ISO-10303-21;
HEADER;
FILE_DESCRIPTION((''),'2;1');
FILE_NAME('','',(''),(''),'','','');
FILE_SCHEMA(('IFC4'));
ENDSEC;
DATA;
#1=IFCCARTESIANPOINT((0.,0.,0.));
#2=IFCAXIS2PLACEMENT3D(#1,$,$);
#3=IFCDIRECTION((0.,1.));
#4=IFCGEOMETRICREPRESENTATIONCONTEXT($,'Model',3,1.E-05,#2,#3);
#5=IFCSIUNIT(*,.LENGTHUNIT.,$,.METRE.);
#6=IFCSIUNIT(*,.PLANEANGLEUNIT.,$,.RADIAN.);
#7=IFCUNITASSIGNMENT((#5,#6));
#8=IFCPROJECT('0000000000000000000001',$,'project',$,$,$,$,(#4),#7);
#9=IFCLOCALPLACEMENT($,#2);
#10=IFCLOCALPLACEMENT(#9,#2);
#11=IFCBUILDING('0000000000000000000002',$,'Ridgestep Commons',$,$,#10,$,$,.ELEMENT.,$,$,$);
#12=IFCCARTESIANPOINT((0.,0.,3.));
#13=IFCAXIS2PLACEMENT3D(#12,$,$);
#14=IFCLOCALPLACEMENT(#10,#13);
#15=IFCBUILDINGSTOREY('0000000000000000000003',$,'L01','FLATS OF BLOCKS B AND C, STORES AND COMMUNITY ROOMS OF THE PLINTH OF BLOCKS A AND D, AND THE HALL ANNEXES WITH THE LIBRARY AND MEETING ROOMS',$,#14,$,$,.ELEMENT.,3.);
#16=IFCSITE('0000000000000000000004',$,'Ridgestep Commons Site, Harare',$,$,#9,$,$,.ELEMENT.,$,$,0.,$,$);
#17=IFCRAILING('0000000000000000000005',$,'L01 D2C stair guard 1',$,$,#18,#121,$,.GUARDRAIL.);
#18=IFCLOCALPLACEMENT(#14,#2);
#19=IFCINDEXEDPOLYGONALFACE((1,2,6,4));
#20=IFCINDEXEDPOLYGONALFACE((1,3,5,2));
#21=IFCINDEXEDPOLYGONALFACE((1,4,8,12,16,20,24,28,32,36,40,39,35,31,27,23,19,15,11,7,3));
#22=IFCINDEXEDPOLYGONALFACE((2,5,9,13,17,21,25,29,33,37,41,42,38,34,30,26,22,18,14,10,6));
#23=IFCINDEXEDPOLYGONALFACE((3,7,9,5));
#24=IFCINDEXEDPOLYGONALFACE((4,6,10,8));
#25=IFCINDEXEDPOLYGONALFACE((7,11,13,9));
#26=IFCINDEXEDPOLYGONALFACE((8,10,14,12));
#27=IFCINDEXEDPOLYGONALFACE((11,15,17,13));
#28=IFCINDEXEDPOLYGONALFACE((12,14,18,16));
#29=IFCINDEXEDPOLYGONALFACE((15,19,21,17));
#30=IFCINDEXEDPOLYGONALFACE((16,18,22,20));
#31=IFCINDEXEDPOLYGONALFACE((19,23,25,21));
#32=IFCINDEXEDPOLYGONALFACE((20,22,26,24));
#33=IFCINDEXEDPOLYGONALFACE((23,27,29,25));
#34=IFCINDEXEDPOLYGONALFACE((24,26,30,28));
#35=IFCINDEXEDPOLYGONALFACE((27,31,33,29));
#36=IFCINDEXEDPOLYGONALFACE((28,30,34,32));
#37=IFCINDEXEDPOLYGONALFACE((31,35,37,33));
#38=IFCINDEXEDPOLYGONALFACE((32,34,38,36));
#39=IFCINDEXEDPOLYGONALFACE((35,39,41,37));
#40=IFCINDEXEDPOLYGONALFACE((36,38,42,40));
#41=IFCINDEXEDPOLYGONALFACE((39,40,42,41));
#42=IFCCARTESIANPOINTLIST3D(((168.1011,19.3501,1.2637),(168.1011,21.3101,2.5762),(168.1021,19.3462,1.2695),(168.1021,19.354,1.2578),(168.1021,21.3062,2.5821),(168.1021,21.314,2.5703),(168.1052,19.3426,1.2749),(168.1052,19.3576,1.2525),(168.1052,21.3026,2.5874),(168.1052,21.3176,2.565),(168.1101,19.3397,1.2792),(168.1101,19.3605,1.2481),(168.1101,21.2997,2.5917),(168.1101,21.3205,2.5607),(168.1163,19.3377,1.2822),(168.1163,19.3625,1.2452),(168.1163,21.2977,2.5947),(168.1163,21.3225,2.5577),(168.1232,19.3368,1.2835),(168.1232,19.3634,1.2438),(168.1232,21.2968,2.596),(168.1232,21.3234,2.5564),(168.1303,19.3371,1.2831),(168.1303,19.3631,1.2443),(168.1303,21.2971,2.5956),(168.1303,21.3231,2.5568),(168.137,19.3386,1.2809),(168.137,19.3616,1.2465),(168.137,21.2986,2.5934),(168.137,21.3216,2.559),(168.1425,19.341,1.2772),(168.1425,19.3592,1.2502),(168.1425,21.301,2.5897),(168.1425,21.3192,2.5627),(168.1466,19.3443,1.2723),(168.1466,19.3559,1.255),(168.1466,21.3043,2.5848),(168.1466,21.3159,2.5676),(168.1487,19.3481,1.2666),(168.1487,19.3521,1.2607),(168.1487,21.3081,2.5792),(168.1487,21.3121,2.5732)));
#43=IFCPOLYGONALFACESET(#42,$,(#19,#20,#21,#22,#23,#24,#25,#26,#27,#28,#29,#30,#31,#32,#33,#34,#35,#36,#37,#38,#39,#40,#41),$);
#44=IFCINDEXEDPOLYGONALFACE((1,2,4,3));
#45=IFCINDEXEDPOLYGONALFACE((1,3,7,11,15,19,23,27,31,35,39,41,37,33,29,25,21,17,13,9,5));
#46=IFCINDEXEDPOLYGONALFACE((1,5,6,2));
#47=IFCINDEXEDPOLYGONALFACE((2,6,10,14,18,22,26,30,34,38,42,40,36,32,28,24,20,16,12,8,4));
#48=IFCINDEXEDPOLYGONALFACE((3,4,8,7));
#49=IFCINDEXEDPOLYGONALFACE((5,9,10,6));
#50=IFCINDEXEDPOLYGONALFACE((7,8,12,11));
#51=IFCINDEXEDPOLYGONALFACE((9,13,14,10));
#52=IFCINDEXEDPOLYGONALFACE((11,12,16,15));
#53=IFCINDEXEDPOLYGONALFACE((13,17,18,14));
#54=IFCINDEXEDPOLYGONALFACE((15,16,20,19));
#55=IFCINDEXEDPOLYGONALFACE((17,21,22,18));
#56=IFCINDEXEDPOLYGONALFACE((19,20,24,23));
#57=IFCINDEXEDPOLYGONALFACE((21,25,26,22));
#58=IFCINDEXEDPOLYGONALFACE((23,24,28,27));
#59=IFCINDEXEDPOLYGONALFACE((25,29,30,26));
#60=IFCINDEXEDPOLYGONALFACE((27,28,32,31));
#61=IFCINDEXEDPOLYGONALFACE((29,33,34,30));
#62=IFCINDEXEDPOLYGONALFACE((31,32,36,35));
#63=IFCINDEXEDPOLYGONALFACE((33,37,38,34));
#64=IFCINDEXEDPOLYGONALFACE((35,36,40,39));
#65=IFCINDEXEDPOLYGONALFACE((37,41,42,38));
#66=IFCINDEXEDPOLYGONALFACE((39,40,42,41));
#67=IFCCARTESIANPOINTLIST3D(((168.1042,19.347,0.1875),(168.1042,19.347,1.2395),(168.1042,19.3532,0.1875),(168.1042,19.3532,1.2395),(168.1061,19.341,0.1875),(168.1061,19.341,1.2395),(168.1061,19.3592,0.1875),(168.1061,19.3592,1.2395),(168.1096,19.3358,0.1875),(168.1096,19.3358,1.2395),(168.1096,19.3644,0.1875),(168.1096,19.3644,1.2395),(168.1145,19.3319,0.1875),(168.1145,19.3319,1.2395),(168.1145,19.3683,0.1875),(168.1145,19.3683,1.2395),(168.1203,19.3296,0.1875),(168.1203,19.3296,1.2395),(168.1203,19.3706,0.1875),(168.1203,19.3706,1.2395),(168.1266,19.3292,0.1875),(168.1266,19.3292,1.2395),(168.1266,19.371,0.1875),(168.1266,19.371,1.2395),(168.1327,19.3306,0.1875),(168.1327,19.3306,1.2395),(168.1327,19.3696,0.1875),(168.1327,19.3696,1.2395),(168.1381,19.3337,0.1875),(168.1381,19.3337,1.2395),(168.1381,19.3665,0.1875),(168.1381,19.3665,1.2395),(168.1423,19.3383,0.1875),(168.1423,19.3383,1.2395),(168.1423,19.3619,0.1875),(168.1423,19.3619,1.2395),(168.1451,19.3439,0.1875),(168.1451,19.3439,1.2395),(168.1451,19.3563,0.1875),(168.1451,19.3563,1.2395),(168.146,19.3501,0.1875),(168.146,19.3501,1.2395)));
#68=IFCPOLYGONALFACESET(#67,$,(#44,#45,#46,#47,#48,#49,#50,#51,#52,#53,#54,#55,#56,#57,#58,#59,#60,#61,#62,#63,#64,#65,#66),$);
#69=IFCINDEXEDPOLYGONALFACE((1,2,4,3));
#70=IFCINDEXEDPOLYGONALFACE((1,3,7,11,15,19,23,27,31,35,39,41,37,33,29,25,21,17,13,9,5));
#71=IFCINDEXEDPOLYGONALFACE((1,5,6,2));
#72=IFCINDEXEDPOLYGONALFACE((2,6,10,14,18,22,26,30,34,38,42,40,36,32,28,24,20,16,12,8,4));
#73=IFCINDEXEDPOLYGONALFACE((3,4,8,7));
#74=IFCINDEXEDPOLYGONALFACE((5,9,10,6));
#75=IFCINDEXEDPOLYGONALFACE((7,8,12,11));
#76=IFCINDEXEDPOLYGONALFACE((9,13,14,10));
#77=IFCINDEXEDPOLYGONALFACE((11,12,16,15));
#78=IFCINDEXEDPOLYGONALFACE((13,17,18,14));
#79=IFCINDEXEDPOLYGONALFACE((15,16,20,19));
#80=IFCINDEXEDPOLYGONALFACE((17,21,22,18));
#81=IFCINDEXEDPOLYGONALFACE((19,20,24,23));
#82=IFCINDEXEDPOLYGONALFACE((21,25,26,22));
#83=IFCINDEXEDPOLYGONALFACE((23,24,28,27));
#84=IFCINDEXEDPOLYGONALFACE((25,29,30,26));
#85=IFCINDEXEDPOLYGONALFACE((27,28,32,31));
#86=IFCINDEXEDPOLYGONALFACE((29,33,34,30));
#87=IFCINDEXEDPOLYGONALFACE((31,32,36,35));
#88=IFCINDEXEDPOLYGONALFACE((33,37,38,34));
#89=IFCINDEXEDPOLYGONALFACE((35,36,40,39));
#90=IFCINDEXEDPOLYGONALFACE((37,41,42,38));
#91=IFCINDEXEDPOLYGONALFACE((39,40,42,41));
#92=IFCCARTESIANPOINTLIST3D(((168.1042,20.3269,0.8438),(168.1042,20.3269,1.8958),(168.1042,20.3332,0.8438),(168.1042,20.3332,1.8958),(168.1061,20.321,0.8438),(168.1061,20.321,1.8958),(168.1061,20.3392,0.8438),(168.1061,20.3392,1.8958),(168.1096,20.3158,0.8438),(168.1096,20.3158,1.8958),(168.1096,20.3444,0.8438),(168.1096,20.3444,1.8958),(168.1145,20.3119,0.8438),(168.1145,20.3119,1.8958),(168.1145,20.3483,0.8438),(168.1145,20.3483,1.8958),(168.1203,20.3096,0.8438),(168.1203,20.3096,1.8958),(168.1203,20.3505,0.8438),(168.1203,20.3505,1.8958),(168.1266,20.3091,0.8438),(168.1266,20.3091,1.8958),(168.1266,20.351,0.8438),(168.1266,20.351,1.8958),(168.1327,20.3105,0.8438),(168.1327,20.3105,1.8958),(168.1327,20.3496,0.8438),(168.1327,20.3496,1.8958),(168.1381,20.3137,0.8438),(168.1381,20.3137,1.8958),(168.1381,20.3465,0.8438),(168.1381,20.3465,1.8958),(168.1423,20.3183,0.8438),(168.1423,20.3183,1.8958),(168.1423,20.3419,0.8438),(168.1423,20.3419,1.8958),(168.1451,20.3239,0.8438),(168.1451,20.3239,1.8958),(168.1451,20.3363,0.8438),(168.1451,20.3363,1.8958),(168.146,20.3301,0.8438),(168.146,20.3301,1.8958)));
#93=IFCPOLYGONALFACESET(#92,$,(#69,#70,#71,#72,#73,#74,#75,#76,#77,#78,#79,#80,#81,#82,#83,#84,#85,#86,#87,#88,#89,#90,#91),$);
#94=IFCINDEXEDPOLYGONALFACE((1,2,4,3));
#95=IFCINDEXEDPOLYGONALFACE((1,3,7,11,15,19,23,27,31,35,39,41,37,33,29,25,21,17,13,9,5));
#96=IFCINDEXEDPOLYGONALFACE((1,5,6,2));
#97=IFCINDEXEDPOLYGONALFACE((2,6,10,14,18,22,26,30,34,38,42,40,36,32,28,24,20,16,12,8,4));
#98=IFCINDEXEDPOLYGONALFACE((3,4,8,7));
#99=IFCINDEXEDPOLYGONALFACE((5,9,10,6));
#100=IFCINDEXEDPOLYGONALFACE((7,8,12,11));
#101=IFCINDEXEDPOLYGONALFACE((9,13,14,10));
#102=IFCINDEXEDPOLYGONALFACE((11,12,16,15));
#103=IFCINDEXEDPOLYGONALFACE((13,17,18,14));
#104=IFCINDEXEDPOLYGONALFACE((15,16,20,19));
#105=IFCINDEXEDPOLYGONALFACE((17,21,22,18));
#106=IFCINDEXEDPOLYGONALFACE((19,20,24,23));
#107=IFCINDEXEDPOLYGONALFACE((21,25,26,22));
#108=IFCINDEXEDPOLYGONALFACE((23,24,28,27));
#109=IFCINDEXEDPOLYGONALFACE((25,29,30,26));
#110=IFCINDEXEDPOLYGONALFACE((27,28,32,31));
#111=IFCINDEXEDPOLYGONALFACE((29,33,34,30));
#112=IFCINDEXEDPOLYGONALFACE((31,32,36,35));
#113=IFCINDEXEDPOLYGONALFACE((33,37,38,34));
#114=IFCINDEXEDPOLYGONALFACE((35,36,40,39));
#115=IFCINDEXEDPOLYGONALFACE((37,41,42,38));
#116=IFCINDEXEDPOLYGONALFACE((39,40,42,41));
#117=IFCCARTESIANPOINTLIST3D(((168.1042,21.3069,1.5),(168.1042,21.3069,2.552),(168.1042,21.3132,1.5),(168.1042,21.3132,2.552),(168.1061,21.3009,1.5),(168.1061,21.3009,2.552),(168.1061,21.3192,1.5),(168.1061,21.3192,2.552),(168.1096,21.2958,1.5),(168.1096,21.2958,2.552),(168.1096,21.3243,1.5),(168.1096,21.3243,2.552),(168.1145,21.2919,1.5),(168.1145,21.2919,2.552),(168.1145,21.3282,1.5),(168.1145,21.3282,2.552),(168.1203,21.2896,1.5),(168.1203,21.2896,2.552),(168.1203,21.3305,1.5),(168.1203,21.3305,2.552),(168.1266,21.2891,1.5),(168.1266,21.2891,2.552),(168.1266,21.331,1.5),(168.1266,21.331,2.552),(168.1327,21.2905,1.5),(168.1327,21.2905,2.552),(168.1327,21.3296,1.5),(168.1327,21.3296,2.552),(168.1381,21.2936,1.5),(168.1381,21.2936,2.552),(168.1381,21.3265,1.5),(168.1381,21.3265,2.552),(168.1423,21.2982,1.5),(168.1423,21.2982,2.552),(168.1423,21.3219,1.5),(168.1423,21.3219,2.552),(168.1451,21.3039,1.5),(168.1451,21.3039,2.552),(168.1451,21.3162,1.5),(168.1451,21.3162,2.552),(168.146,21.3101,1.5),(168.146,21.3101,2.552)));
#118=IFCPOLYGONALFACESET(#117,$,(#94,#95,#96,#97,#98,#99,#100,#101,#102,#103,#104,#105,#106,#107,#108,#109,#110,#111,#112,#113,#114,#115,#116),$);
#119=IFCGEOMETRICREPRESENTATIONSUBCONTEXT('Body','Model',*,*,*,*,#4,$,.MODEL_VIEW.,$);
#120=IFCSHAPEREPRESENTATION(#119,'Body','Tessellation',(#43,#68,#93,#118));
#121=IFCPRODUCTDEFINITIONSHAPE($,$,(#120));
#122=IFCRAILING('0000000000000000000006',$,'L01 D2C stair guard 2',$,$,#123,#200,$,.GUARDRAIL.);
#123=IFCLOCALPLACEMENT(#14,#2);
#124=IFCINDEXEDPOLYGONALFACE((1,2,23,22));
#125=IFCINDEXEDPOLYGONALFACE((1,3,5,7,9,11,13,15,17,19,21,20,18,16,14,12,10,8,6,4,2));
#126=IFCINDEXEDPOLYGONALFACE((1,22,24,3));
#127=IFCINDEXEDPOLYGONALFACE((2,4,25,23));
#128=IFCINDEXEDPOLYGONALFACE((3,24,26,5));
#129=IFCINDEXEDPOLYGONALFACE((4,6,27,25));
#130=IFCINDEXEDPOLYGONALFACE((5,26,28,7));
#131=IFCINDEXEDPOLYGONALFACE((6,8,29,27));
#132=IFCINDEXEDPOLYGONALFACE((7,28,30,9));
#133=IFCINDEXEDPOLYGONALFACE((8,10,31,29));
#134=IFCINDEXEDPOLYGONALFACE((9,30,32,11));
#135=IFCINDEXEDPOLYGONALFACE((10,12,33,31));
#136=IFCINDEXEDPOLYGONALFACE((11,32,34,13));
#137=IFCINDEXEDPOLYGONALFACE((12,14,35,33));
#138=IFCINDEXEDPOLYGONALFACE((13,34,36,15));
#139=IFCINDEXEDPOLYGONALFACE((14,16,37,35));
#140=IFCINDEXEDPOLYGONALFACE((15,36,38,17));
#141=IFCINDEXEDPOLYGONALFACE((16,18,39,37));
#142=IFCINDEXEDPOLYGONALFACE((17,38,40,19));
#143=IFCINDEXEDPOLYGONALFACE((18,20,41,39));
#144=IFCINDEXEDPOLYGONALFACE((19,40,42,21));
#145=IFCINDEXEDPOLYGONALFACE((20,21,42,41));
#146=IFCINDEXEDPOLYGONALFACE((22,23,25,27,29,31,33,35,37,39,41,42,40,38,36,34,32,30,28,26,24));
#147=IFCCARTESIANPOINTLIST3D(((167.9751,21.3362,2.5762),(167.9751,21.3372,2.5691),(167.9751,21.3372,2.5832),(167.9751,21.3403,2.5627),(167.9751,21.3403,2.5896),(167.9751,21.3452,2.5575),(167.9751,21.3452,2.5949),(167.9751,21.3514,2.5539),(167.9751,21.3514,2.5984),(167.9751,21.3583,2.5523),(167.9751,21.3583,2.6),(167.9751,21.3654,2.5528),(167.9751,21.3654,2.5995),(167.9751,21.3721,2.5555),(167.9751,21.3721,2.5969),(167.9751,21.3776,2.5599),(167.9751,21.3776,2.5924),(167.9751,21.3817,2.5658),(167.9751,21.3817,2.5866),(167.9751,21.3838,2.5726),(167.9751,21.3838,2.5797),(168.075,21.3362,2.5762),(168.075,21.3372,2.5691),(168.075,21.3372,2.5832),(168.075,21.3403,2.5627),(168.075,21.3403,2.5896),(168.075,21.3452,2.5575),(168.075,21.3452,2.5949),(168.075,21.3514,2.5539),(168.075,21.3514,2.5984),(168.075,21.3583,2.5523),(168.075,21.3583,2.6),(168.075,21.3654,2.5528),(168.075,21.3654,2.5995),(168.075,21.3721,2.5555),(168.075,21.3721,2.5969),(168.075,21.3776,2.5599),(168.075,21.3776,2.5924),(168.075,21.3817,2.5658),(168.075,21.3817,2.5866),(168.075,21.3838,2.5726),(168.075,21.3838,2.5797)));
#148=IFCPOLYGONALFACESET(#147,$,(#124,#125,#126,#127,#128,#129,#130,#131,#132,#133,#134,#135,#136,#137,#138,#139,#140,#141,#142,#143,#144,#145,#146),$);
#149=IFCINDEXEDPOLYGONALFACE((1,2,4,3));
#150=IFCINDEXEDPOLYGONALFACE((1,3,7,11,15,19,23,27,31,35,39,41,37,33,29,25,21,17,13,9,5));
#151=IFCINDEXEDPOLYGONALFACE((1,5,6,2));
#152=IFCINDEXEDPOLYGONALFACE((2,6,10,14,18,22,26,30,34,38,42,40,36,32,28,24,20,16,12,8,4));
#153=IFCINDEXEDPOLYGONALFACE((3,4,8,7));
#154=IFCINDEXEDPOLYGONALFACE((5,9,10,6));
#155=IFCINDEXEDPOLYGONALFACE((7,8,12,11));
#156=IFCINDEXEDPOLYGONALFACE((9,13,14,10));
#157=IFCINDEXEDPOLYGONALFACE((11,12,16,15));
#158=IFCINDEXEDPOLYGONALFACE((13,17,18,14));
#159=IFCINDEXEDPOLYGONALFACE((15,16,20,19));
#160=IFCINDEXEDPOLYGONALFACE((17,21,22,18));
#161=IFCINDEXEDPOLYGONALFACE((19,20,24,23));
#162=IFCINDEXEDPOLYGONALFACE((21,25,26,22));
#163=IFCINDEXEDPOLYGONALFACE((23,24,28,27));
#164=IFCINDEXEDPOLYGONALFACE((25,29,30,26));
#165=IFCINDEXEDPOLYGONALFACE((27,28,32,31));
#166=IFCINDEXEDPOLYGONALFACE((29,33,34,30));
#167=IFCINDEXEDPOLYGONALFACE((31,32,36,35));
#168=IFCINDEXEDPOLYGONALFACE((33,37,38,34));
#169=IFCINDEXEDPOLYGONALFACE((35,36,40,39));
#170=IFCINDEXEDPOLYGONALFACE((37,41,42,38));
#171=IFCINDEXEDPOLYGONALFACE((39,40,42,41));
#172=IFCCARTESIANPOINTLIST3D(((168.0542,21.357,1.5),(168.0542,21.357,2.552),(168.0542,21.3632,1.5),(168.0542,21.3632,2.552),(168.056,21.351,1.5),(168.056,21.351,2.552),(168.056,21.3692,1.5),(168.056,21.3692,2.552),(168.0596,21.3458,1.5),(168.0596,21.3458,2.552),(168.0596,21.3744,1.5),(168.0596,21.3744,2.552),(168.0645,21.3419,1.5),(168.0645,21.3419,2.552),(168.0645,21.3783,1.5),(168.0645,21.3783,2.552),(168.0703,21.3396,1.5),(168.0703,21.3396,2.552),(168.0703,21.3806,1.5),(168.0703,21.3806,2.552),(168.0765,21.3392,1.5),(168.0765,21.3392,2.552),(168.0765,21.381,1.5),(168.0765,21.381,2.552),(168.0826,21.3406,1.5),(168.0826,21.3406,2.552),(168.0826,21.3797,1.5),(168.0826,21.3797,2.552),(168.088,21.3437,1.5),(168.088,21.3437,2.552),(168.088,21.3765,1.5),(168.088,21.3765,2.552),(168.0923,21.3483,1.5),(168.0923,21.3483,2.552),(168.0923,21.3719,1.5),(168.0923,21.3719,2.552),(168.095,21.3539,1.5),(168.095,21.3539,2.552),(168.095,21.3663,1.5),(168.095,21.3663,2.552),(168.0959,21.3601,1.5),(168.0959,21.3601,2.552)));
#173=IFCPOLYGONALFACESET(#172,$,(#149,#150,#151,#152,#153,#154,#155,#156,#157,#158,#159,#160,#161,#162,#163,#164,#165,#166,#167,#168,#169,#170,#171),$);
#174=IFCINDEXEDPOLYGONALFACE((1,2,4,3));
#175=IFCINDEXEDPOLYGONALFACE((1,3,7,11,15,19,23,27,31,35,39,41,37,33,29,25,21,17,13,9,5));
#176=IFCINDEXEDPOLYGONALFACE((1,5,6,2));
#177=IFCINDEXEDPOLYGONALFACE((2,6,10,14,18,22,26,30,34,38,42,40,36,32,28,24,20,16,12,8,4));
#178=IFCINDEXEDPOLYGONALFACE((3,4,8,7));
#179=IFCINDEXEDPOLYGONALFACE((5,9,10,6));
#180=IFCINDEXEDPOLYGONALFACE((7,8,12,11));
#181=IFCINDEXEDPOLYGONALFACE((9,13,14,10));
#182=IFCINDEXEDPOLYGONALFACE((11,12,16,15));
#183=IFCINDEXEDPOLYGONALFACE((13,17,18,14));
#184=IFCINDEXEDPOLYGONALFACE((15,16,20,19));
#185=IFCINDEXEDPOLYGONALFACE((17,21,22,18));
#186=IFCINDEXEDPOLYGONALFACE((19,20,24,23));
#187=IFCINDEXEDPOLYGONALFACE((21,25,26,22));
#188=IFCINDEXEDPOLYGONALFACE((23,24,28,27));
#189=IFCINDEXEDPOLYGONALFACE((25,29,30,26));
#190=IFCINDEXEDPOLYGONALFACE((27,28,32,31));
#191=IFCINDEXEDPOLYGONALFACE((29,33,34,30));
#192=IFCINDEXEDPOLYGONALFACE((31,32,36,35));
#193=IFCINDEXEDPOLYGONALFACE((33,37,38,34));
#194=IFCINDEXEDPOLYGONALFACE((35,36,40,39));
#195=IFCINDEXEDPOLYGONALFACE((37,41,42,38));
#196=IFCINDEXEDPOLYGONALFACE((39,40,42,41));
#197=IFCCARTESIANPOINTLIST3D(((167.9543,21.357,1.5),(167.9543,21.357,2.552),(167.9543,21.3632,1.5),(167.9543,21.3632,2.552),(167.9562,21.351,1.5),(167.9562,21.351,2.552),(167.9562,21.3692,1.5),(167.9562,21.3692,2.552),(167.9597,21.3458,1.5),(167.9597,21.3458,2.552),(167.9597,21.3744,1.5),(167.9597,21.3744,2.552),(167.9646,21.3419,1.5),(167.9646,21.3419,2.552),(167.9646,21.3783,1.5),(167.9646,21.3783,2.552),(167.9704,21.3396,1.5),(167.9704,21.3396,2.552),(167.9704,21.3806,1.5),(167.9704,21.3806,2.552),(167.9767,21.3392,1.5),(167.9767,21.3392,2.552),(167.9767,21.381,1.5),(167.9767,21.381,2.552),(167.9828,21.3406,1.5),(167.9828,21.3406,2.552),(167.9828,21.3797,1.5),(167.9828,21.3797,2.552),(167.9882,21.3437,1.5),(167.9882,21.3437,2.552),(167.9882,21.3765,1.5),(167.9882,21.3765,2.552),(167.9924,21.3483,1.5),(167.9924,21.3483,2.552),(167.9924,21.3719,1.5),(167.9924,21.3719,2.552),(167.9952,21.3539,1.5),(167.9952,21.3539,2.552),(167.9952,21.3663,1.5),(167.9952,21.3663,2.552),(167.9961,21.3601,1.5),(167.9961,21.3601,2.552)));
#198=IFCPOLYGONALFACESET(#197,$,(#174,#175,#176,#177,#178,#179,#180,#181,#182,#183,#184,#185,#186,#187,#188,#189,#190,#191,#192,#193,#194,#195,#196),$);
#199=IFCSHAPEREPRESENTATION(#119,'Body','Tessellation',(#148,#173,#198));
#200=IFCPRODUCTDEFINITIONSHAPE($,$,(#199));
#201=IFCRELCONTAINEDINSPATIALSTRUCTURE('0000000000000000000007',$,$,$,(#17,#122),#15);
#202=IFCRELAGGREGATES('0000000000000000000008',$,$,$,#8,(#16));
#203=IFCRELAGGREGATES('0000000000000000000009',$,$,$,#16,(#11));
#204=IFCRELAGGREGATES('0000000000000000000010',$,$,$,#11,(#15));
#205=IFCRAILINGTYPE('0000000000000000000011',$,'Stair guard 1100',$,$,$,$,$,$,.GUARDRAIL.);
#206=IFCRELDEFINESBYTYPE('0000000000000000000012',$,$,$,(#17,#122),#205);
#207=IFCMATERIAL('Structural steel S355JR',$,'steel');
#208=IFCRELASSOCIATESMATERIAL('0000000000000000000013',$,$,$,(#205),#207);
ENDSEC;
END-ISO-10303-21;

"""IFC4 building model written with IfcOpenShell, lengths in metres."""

from ifc_helpers import new_model, si_unit, direction, frame, origin, origin_2d, place, context, subcontext, project, spatial, circle, extrude, material, type_object, element, save


model = new_model("IFC4")

# Units and contexts
model_context = context("Model", 3, precision=1e-05, world=origin(), true_north=direction((0.0, 1.0)))
body_context = subcontext(model_context, "Body", "Model", "MODEL_VIEW")
ifc_project = project(units=[si_unit("LENGTHUNIT", "METRE"), si_unit("PLANEANGLEUNIT", "RADIAN")], contexts=[model_context])

# Site, building, storey
site_placement = place(None, origin())
site = spatial("IfcSite", under=ifc_project, at=site_placement, Name="Ridgestep Commons Site, Harare", CompositionType="ELEMENT", RefElevation=0.0)
building_placement = place(site_placement, origin())
building = spatial("IfcBuilding", under=site, at=building_placement, Name="Ridgestep Commons", CompositionType="ELEMENT")
storey_placement = place(building_placement, frame((0.0, 0.0, 3.0)))
storey = spatial("IfcBuildingStorey", under=building, at=storey_placement, Name="L01", Description="FLATS OF BLOCKS B AND C, STORES AND COMMUNITY ROOMS OF THE PLINTH OF BLOCKS A AND D, AND THE HALL ANNEXES WITH THE LIBRARY AND MEETING ROOMS", CompositionType="ELEMENT", Elevation=3.0)

# Railings
ifc_material_1 = material(Name="Structural steel S355JR", Category="steel")
railing_type_1 = type_object("IfcRailingType", Name="Stair guard 1100", PredefinedType="GUARDRAIL", material=ifc_material_1)
railing_1_placement = place(storey_placement, frame((168.125, 19.3501, 0.1875)))
element("IfcRailing", 1, at=railing_1_placement, inside=storey, type_object=railing_type_1, Name="L01 D2C stair guard 1", PredefinedType="GUARDRAIL", context=body_context, shape_type="SweptSolid", body=[
    extrude(circle(Radius=0.0239, at=origin_2d()), frame((0.0, 0.0, 1.0762), z_axis=(0.0, 0.830902, 0.556419), x_axis=(-1.0, 0.0, 0.0)), (0.0, 0.0, 1.0), 2.3589),
    extrude(circle(Radius=0.021, at=origin_2d()), origin(), (0.0, 0.0, 1.0), 1.052),
    extrude(circle(Radius=0.021, at=origin_2d()), frame((0.0, 0.98, 0.6562)), (0.0, 0.0, 1.0), 1.052),
    extrude(circle(Radius=0.021, at=origin_2d()), frame((0.0, 1.96, 1.3125)), (0.0, 0.0, 1.0), 1.052),
])
railing_2_placement = place(storey_placement, frame((168.075, 21.3601, 1.5)))
element("IfcRailing", 2, at=railing_2_placement, inside=storey, type_object=railing_type_1, Name="L01 D2C stair guard 2", PredefinedType="GUARDRAIL", context=body_context, shape_type="SweptSolid", body=[
    extrude(circle(Radius=0.0239, at=origin_2d()), frame((0.0, 0.0, 1.0762), z_axis=(-1.0, 0.0, 0.0), x_axis=(0.0, -1.0, 0.0)), (0.0, 0.0, 1.0), 0.0999),
    extrude(circle(Radius=0.021, at=origin_2d()), origin(), (0.0, 0.0, 1.0), 1.052),
    extrude(circle(Radius=0.021, at=origin_2d()), frame((-0.0999, 0.0, 0.0)), (0.0, 0.0, 1.0), 1.052),
])

save(model, "model.ifc")
